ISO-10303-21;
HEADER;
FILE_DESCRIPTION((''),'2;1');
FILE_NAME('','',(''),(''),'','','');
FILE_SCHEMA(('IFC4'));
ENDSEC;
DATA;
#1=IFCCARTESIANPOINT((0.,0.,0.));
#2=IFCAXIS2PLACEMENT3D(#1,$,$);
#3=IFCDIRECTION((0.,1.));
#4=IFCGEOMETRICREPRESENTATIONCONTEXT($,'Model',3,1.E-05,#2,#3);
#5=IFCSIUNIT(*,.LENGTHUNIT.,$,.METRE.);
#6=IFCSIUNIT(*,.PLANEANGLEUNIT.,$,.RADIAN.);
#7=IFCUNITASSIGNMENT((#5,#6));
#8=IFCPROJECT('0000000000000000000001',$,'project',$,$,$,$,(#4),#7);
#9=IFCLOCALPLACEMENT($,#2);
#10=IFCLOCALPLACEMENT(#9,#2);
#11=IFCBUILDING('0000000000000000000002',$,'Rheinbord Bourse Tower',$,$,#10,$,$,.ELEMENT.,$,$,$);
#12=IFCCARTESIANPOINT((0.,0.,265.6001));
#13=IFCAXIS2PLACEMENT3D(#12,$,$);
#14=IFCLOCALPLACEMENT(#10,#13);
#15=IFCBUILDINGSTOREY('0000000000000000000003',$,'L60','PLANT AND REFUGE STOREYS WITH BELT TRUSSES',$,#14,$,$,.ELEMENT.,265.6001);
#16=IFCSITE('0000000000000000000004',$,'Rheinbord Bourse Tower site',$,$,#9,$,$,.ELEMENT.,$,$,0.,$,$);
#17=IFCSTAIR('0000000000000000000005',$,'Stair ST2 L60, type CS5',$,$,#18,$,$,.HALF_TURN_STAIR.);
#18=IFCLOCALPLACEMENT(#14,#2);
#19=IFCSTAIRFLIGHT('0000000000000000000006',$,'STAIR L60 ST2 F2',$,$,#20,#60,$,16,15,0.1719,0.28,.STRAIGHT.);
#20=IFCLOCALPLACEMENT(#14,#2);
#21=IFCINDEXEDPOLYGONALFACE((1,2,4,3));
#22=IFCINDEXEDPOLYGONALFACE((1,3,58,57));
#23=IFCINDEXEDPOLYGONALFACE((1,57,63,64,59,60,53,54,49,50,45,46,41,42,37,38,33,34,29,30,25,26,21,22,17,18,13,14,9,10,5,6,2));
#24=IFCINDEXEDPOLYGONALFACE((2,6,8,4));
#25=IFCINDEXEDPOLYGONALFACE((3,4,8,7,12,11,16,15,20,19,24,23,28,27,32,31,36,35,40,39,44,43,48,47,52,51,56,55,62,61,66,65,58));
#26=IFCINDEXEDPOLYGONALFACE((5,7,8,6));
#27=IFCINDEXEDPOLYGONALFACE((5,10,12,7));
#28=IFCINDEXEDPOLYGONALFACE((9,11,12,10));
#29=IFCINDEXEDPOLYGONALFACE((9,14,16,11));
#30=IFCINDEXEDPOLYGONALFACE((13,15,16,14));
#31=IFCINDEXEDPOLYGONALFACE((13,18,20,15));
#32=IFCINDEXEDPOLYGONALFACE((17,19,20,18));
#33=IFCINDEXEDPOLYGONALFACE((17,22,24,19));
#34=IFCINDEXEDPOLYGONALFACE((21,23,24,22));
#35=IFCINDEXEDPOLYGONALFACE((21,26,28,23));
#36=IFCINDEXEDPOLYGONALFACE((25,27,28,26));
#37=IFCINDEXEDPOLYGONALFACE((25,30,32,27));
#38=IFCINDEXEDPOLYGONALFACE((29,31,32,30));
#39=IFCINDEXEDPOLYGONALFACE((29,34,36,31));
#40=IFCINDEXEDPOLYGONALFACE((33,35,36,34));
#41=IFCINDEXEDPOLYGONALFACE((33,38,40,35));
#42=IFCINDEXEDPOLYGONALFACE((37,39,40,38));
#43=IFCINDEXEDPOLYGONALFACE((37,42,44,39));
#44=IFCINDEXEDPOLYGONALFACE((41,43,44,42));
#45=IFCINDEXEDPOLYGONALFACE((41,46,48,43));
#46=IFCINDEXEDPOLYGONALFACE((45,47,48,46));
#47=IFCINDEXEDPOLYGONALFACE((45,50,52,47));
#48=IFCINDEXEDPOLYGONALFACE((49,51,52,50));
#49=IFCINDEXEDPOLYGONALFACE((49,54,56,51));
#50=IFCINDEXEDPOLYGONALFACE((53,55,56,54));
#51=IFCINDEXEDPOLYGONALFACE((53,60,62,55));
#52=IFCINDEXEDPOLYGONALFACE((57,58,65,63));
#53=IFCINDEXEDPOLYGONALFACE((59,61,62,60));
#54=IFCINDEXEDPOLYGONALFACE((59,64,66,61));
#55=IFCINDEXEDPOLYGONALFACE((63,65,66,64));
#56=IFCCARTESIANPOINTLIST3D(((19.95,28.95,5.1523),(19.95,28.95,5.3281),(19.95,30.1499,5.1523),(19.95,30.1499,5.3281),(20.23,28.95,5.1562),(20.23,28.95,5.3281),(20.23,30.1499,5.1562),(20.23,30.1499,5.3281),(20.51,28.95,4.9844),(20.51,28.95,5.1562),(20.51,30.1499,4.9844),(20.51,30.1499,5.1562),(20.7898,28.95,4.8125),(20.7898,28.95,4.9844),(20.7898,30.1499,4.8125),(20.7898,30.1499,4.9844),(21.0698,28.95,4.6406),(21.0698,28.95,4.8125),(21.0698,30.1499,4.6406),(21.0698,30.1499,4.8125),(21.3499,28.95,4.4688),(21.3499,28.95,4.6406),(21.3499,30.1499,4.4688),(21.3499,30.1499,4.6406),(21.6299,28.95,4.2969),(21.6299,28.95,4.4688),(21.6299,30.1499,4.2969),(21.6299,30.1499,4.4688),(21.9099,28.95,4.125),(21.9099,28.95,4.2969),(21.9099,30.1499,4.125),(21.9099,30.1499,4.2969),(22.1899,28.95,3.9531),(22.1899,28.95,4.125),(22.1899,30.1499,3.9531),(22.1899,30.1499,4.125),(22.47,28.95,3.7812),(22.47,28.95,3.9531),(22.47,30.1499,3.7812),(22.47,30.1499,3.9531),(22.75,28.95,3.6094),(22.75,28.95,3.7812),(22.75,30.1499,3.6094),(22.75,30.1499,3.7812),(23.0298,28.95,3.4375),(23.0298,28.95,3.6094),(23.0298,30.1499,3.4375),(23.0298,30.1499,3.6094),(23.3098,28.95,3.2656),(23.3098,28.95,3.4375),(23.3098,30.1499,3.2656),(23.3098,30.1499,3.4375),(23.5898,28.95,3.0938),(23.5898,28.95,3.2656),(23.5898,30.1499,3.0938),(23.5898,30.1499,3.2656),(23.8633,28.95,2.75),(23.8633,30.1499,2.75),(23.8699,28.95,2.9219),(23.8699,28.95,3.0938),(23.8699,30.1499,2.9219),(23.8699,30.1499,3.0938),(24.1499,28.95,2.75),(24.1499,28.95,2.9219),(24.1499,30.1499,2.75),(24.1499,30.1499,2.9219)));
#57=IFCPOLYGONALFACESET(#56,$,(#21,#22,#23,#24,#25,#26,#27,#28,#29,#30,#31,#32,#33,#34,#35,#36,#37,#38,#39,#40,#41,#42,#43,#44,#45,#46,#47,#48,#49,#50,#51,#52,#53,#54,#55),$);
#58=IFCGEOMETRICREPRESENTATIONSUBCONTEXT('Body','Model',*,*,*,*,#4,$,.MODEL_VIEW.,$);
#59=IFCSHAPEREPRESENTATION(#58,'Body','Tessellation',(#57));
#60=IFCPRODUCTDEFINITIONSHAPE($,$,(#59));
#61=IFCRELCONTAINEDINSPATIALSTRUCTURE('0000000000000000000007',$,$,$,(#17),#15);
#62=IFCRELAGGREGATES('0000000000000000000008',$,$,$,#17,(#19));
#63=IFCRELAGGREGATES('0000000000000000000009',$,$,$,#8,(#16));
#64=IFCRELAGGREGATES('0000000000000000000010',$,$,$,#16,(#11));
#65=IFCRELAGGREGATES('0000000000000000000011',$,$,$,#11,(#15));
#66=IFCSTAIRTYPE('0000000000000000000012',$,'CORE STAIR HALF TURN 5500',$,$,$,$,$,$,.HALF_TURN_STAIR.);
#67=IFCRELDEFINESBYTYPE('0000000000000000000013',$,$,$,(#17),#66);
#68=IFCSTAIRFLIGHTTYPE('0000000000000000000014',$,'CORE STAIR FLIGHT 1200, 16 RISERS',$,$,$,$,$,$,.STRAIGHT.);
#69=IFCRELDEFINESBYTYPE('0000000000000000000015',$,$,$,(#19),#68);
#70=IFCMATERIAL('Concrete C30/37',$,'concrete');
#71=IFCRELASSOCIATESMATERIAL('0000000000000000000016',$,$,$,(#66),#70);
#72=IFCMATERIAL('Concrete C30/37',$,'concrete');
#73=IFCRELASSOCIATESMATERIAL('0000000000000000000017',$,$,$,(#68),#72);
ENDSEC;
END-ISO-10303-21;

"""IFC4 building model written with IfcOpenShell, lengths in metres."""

from ifc_helpers import new_model, si_unit, direction, frame, origin, place, context, subcontext, project, spatial, polyline, outline, extrude, material, type_object, element, aggregate, save


model = new_model("IFC4")

# Units and contexts
model_context = context("Model", 3, precision=1e-05, world=origin(), true_north=direction((0.0, 1.0)))
body_context = subcontext(model_context, "Body", "Model", "MODEL_VIEW")
ifc_project = project(units=[si_unit("LENGTHUNIT", "METRE"), si_unit("PLANEANGLEUNIT", "RADIAN")], contexts=[model_context])

# Site, building, storey
site_placement = place(None, origin())
site = spatial("IfcSite", under=ifc_project, at=site_placement, Name="Rheinbord Bourse Tower site", CompositionType="ELEMENT", RefElevation=0.0)
building_placement = place(site_placement, origin())
building = spatial("IfcBuilding", under=site, at=building_placement, Name="Rheinbord Bourse Tower", CompositionType="ELEMENT")
storey_placement = place(building_placement, frame((0.0, 0.0, 265.6001)))
storey = spatial("IfcBuildingStorey", under=building, at=storey_placement, Name="L60", Description="PLANT AND REFUGE STOREYS WITH BELT TRUSSES", CompositionType="ELEMENT", Elevation=265.6001)

# Stair, stair flight
ifc_material_1 = material(Name="Concrete C30/37", Category="concrete")
stair_type = type_object("IfcStairType", Name="CORE STAIR HALF TURN 5500", PredefinedType="HALF_TURN_STAIR", material=ifc_material_1)
stair_placement = place(storey_placement, origin())
stair = element("IfcStair", 1, at=stair_placement, inside=storey, type_object=stair_type, Name="Stair ST2 L60, type CS5", PredefinedType="HALF_TURN_STAIR")
ifc_material_2 = material(Name="Concrete C30/37", Category="concrete")
stair_flight_type = type_object("IfcStairFlightType", Name="CORE STAIR FLIGHT 1200, 16 RISERS", PredefinedType="STRAIGHT", material=ifc_material_2)
stair_flight_1_placement = place(storey_placement, frame((24.1499, 29.55, 2.75), z_axis=(0.0, 0.0, 1.0), x_axis=(-1.0, 0.0, 0.0)))
stair_flight_1 = element("IfcStairFlight", 2, at=stair_flight_1_placement, type_object=stair_flight_type, Name="STAIR L60 ST2 F2", NumberOfRisers=16, NumberOfTreads=15, PredefinedType="STRAIGHT", RiserHeight=0.1719, TreadLength=0.28, context=body_context, shape_type="SweptSolid", body=[
    extrude(outline(polyline([(0.0, 0.0), (0.0, 0.1719), (0.28, 0.1719), (0.28, 0.3438), (0.5601, 0.3438), (0.5601, 0.5156), (0.8401, 0.5156), (0.8401, 0.6875), (1.1201, 0.6875), (1.1201, 0.8594), (1.3999, 0.8594), (1.3999, 1.0312), (1.6799, 1.0312), (1.6799, 1.2031), (1.96, 1.2031), (1.96, 1.375), (2.24, 1.375), (2.24, 1.5469), (2.52, 1.5469), (2.52, 1.7188), (2.8, 1.7188), (2.8, 1.8906), (3.0801, 1.8906), (3.0801, 2.0625), (3.3601, 2.0625), (3.3601, 2.2344), (3.6399, 2.2344), (3.6399, 2.4062), (3.9199, 2.4062), (3.9199, 2.5781), (4.2, 2.5781), (4.2, 2.75), (4.2, 2.4023), (0.2866, 0.0), (0.0, 0.0)])), frame((0.0, 0.6001, 0.0), z_axis=(0.0, -1.0, 0.0), x_axis=(1.0, 0.0, 0.0)), (0.0, 0.0, 1.0), 1.2),
])
aggregate(stair, [stair_flight_1])

save(model, "model.ifc")
